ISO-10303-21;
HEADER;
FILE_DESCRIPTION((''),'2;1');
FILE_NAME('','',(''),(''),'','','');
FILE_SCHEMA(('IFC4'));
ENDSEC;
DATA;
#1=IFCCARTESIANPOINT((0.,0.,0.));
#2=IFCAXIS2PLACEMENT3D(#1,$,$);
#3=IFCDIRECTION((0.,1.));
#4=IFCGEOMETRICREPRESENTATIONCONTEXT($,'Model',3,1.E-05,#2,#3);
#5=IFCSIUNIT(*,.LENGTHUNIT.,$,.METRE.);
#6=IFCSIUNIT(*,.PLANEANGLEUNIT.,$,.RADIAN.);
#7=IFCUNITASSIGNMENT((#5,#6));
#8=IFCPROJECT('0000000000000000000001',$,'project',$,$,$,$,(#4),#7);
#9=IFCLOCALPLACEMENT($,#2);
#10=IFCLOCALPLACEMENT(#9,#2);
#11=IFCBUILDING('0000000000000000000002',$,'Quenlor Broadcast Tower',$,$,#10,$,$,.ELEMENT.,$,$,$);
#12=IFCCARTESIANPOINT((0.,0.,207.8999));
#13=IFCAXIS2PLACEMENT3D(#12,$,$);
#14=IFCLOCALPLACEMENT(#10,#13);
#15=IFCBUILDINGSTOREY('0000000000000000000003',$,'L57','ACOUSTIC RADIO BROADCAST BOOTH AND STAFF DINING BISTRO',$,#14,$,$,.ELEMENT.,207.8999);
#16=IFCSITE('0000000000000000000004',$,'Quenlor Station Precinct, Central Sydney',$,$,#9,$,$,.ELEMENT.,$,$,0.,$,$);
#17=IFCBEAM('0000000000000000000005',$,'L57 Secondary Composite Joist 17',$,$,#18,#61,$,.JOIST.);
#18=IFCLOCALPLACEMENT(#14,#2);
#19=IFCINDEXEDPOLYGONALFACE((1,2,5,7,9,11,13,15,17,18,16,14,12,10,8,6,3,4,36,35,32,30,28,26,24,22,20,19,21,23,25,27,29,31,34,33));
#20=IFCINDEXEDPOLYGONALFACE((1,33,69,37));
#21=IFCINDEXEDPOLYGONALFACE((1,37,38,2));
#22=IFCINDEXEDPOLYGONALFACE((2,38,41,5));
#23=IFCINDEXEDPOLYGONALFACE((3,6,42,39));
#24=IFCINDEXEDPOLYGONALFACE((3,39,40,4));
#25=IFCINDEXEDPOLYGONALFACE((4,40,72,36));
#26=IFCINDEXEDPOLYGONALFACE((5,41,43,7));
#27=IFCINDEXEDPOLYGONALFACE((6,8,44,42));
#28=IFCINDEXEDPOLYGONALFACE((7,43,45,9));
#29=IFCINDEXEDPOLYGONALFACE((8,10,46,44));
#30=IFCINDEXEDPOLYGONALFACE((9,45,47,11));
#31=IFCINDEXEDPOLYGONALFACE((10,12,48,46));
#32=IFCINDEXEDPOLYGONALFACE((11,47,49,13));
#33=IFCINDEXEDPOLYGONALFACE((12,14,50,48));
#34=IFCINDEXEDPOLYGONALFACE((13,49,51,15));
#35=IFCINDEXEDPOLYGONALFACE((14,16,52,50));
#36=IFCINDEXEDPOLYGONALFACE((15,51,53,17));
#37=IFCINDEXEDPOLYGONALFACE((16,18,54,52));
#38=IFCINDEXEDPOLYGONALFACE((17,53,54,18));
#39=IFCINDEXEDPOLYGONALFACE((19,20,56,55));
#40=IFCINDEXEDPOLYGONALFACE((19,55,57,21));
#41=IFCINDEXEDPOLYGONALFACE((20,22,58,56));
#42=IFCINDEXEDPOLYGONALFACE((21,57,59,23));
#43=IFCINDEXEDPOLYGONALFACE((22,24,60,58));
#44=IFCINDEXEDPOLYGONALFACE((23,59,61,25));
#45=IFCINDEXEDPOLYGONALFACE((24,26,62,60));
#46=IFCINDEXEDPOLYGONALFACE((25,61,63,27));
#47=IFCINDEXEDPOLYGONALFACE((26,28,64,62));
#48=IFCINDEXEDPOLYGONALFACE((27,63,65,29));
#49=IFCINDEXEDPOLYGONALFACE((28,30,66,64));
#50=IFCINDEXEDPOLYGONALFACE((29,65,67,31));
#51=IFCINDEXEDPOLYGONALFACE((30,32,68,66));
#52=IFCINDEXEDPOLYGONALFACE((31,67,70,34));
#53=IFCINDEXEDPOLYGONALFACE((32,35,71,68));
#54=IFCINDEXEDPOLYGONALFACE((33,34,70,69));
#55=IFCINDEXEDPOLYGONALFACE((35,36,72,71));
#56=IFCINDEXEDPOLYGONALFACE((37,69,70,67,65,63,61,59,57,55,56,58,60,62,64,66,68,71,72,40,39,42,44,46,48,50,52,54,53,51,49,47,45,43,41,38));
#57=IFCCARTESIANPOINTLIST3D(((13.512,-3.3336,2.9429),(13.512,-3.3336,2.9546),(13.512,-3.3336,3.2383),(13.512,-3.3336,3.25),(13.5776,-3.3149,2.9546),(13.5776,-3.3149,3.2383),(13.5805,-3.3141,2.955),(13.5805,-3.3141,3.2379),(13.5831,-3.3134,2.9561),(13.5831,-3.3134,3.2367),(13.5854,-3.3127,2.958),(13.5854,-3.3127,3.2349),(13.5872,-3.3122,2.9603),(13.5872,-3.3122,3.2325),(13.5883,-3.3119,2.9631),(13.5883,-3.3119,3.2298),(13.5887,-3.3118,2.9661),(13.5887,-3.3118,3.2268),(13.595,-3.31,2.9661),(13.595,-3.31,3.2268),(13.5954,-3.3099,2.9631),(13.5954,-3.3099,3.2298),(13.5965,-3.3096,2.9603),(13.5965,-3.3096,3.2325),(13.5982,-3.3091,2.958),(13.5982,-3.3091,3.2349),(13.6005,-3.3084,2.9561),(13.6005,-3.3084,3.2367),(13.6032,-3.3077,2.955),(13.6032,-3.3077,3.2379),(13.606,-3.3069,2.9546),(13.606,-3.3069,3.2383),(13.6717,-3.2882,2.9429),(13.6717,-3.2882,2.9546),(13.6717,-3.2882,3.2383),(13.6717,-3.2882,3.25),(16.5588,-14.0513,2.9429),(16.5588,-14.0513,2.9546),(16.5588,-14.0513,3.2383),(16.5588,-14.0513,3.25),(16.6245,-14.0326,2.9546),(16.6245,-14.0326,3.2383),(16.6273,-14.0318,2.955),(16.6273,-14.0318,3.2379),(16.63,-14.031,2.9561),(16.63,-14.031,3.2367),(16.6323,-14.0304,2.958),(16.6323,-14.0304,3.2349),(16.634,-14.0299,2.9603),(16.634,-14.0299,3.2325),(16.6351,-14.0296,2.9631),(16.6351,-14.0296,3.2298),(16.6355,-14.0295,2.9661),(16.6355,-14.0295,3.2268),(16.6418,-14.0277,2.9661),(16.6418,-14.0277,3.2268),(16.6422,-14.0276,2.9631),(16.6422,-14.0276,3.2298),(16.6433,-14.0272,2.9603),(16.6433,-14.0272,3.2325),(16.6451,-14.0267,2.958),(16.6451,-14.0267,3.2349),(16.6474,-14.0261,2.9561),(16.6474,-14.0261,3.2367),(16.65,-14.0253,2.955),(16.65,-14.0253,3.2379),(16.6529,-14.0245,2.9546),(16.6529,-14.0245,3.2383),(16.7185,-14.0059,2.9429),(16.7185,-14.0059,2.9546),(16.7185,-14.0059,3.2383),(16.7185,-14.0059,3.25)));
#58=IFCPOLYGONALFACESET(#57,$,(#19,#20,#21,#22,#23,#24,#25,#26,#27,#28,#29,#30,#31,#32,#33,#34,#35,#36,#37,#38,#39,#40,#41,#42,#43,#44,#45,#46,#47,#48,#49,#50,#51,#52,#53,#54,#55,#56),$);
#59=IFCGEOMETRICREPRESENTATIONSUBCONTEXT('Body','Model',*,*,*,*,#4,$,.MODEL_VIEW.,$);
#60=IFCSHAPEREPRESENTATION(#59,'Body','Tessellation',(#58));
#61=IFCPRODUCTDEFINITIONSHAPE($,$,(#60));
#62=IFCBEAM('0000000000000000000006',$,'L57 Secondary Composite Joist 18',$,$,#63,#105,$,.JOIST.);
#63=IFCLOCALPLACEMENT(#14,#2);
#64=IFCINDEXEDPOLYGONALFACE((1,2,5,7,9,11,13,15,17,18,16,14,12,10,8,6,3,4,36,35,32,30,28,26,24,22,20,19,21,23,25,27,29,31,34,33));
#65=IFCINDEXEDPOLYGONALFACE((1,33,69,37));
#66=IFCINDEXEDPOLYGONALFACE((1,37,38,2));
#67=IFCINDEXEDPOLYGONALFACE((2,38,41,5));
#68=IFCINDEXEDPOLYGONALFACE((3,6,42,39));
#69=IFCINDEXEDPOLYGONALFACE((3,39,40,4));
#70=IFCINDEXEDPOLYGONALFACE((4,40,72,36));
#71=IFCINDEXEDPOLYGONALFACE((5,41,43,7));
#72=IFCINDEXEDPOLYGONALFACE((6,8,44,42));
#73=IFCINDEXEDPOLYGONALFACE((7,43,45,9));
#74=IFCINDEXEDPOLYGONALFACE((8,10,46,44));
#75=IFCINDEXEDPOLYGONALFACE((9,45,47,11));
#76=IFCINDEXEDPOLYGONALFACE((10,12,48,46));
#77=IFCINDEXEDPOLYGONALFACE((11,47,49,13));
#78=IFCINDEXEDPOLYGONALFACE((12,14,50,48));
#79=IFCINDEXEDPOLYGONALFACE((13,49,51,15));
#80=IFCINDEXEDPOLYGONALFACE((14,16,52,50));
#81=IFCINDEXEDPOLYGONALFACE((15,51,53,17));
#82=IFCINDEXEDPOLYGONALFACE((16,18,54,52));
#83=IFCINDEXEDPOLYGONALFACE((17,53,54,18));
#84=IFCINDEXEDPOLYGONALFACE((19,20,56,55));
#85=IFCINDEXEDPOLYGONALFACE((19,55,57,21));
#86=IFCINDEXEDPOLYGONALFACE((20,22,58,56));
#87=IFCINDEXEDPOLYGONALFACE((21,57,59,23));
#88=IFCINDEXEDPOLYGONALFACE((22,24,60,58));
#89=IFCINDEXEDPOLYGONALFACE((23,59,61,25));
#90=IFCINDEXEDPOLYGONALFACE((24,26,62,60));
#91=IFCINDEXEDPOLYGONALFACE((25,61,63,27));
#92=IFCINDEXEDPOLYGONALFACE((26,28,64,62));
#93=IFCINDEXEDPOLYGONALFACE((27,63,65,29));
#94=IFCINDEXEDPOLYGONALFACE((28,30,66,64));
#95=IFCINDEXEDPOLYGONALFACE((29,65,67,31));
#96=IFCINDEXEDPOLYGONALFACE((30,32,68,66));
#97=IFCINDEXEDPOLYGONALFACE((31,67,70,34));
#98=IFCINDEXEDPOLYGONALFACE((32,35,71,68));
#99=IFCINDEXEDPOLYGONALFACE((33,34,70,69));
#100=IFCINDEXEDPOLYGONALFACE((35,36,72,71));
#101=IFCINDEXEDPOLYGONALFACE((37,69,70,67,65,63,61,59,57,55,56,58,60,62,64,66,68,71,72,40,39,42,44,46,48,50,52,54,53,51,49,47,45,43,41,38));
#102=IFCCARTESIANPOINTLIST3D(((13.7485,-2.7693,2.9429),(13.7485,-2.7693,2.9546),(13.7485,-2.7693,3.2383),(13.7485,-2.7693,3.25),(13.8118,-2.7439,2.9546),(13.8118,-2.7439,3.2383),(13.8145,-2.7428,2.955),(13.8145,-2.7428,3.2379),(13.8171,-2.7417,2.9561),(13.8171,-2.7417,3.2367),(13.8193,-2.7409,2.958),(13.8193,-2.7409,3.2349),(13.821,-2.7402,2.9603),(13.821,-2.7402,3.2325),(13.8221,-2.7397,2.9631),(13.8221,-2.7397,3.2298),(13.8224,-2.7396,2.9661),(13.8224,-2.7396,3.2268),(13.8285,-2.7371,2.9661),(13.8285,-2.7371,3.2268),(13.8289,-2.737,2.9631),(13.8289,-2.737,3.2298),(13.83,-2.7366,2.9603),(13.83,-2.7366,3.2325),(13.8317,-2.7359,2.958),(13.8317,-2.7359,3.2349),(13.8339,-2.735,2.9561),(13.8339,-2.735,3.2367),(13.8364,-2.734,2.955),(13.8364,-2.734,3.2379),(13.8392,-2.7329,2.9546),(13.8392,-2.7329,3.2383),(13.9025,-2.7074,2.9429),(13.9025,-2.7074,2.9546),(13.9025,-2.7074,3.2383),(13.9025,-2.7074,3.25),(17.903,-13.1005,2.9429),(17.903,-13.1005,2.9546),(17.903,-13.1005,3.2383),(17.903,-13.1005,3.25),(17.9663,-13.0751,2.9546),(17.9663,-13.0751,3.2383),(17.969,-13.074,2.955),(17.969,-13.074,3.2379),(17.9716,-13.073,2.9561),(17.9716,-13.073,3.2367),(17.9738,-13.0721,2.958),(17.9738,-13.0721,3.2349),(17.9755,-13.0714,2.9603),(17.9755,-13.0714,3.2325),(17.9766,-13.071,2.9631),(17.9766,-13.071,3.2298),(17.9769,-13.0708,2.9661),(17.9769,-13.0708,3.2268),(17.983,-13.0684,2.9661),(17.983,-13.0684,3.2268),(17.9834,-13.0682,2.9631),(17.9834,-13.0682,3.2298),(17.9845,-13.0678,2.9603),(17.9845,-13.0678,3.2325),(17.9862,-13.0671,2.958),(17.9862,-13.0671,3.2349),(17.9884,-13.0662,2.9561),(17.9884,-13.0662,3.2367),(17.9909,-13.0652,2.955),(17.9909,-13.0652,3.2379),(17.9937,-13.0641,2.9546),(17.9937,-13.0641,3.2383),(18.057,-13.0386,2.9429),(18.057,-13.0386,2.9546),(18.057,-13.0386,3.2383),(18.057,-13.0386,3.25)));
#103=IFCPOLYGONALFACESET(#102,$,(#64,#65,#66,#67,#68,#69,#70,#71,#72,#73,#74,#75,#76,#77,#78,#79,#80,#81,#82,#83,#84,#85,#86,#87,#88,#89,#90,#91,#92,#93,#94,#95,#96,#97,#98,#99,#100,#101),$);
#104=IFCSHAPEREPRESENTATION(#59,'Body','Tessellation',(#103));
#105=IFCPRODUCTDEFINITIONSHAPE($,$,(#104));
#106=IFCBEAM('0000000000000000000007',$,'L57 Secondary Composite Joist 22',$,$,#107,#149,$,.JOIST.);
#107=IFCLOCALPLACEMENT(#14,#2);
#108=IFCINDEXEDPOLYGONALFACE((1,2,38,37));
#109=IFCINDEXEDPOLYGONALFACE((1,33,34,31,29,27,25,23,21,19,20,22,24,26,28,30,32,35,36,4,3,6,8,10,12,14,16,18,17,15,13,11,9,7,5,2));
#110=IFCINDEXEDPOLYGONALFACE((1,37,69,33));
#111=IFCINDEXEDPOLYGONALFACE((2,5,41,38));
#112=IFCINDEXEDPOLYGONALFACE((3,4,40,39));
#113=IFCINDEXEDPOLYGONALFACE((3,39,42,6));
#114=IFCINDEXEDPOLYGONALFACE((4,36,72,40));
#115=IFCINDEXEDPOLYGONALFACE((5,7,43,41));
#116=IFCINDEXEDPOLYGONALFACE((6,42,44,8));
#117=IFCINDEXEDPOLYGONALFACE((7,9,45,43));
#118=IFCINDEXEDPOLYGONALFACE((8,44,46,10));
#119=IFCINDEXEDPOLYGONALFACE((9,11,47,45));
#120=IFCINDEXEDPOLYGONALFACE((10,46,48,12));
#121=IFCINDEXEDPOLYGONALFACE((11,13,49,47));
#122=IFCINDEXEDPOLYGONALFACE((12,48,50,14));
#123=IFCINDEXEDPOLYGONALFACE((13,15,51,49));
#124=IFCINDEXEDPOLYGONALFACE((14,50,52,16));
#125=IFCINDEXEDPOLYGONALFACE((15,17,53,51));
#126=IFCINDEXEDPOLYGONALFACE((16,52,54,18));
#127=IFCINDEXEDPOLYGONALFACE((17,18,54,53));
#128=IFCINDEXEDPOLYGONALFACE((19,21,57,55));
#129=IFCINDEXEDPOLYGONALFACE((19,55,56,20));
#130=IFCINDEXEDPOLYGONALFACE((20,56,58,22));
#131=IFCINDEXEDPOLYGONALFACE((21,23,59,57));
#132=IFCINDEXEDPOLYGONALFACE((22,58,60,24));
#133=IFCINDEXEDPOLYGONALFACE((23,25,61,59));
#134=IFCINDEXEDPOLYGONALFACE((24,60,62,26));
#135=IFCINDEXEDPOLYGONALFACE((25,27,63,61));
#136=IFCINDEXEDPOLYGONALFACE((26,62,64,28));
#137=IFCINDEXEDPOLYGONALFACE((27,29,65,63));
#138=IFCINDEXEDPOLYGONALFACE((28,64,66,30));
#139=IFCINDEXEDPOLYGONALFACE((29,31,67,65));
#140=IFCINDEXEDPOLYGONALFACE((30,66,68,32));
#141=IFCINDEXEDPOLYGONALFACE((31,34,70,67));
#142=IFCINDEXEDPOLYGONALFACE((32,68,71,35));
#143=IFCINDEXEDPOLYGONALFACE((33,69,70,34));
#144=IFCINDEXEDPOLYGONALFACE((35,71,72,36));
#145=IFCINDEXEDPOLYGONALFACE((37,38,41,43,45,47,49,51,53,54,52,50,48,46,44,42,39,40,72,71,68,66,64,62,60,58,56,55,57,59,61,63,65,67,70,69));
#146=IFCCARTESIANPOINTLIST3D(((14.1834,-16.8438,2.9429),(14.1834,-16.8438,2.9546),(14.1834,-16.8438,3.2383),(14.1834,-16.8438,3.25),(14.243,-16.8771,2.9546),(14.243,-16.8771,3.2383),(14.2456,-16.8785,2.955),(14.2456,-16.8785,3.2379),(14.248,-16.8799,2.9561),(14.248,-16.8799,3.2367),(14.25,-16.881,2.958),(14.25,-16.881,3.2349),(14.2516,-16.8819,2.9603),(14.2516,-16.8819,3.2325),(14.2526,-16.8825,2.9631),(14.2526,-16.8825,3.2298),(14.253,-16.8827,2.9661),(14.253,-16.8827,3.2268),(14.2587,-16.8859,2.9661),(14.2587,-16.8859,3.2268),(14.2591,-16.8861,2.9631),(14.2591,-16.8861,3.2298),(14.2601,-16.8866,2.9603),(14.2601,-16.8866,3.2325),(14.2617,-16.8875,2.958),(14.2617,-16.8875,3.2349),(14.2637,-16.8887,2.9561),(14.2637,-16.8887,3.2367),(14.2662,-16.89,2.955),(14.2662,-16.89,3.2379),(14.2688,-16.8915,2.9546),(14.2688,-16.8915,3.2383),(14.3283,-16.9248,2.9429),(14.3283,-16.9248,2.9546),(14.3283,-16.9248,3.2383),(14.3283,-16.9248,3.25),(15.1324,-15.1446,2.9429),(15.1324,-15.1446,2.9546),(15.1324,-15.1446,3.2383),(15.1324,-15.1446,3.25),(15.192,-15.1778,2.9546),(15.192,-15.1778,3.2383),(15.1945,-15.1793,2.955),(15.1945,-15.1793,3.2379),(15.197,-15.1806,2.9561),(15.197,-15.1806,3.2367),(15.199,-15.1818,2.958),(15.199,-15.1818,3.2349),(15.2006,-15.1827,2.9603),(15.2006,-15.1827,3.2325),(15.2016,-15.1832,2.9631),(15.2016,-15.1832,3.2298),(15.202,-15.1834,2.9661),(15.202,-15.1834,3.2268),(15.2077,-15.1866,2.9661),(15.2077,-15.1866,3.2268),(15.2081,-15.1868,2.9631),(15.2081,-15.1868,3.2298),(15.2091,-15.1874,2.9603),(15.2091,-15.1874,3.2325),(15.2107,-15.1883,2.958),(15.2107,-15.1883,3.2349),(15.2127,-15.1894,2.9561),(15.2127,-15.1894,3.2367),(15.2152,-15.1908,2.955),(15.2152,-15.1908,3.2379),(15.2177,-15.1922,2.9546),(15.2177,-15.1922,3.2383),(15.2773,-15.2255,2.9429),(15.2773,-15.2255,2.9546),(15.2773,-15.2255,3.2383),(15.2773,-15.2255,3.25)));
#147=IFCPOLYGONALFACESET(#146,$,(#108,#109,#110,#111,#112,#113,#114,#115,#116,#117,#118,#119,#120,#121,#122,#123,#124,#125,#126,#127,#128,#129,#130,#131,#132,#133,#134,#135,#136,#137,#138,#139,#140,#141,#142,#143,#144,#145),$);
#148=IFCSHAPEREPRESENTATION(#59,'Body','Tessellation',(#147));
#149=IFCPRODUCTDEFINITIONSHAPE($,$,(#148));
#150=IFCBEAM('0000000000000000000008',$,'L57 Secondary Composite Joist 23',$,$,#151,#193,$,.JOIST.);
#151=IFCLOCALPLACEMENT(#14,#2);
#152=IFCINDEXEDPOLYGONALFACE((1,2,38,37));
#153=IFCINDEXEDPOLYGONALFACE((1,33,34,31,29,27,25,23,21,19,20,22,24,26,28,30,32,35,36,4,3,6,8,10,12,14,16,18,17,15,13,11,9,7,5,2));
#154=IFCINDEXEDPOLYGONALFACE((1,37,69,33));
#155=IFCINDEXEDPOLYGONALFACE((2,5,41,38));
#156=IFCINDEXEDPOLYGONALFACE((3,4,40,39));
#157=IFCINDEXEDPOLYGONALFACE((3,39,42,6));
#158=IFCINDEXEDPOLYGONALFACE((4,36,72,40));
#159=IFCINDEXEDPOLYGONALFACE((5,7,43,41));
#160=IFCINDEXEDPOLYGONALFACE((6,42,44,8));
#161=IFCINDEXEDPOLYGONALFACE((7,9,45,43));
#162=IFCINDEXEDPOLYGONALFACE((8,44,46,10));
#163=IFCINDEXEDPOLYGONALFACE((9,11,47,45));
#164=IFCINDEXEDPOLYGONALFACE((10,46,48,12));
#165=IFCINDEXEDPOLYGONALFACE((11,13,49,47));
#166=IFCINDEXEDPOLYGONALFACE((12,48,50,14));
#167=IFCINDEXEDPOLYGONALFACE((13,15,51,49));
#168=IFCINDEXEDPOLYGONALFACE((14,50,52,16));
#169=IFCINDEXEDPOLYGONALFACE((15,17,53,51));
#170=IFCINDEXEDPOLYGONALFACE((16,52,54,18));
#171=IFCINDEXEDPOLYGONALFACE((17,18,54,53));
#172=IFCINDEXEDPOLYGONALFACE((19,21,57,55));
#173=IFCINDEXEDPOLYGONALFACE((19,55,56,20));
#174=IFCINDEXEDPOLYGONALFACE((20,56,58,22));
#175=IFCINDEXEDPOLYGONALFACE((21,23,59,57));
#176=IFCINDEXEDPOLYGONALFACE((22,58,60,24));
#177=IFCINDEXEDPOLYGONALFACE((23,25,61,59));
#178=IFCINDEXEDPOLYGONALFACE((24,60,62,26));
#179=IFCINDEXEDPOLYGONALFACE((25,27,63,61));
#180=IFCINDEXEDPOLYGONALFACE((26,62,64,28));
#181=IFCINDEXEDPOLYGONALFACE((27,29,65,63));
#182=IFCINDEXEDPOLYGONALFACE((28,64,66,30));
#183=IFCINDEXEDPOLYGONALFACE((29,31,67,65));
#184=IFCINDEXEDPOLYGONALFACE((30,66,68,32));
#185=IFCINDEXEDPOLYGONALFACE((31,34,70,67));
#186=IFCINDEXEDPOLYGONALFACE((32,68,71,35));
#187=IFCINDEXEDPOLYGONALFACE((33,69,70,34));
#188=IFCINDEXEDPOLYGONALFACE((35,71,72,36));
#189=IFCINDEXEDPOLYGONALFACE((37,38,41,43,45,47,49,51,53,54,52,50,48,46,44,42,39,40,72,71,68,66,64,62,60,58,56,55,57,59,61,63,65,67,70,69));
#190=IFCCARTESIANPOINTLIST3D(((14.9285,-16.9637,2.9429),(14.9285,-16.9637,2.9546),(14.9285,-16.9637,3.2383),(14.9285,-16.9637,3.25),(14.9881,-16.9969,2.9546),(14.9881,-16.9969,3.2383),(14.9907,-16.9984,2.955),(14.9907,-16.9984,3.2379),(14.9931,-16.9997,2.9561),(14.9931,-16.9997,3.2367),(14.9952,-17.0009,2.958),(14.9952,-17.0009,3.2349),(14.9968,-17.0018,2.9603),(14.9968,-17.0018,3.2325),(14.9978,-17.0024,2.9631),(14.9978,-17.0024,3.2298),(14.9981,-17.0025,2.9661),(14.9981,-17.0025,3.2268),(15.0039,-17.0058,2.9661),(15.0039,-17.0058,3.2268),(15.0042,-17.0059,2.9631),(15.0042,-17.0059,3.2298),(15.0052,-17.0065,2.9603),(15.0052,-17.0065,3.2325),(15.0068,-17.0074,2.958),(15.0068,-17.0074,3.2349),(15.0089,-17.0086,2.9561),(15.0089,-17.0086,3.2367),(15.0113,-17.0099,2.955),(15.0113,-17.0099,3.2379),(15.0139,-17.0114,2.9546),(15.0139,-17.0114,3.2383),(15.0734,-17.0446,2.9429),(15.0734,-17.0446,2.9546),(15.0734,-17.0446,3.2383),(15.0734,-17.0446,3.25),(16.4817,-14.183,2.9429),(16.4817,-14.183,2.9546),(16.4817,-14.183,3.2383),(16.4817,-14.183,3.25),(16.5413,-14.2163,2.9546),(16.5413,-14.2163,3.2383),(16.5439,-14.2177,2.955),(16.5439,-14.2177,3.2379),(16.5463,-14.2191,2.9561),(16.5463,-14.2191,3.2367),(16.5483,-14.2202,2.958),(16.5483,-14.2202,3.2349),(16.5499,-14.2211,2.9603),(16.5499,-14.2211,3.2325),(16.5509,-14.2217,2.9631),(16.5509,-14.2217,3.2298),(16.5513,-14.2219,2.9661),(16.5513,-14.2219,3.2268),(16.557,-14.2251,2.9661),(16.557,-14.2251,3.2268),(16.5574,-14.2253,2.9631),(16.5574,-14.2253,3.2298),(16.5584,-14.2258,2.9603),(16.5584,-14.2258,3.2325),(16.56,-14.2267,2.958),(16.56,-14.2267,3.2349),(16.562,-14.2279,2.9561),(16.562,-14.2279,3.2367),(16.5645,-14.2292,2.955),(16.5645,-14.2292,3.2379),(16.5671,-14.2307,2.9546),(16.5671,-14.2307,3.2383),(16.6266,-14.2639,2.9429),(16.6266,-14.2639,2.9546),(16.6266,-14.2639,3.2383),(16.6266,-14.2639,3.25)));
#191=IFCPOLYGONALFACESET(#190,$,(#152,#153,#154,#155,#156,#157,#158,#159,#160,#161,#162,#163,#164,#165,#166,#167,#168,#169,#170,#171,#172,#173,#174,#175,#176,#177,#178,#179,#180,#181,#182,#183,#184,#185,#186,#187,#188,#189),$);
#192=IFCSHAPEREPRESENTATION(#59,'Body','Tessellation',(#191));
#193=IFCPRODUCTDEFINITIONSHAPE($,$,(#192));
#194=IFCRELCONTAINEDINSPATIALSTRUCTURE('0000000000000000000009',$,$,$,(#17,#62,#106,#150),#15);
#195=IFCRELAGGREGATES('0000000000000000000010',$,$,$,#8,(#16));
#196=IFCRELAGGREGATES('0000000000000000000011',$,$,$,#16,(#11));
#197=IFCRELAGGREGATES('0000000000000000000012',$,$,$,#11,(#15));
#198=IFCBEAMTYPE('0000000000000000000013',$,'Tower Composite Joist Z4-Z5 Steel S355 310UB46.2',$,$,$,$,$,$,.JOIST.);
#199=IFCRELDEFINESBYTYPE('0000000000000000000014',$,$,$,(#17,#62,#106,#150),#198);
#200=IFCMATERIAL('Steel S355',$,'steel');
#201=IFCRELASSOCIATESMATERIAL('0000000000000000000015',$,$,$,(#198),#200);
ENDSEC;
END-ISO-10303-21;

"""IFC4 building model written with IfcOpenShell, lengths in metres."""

from ifc_helpers import new_model, si_unit, direction, frame, origin, origin_2d, place, context, subcontext, project, spatial, i_section, extrude, material, material_profile, profile_set, type_object, element, save


model = new_model("IFC4")

# Units and contexts
model_context = context("Model", 3, precision=1e-05, world=origin(), true_north=direction((0.0, 1.0)))
body_context = subcontext(model_context, "Body", "Model", "MODEL_VIEW")
ifc_project = project(units=[si_unit("LENGTHUNIT", "METRE"), si_unit("PLANEANGLEUNIT", "RADIAN")], contexts=[model_context])

# Site, building, storey
site_placement = place(None, origin())
site = spatial("IfcSite", under=ifc_project, at=site_placement, Name="Quenlor Station Precinct, Central Sydney", CompositionType="ELEMENT", RefElevation=0.0)
building_placement = place(site_placement, origin())
building = spatial("IfcBuilding", under=site, at=building_placement, Name="Quenlor Broadcast Tower", CompositionType="ELEMENT")
storey_placement = place(building_placement, frame((0.0, 0.0, 207.8999)))
storey = spatial("IfcBuildingStorey", under=building, at=storey_placement, Name="L57", Description="ACOUSTIC RADIO BROADCAST BOOTH AND STAFF DINING BISTRO", CompositionType="ELEMENT", Elevation=207.8999)

# Beams
ifc_material_1 = material(Name="Steel S355", Category="steel")
ifc_material_profile_1 = material_profile(ifc_material_1, i_section(OverallWidth=0.166, OverallDepth=0.3071, WebThickness=0.0066, FlangeThickness=0.0117, FilletRadius=0.0115, at=origin_2d()))
ifc_profile_set_1 = profile_set([ifc_material_profile_1], Name="Steel S355 310UB46.2")
beam_type_1 = type_object("IfcBeamType", Name="Tower Composite Joist Z4-Z5 Steel S355 310UB46.2", PredefinedType="JOIST", material=ifc_profile_set_1)
beam_1_placement = place(storey_placement, frame((16.6387, -14.0286, 3.0964), z_axis=(-0.273448, 0.961887, 0.0), x_axis=(-0.961887, -0.273448, 0.0)))
element("IfcBeam", 1, at=beam_1_placement, inside=storey, type_object=beam_type_1, Name="L57 Secondary Composite Joist 17", PredefinedType="JOIST", context=body_context, shape_type="SweptSolid", body=[
    extrude(i_section(OverallWidth=0.166, OverallDepth=0.3071, WebThickness=0.0066, FlangeThickness=0.0117, FilletRadius=0.0115, at=origin_2d()), origin(), (0.0, 0.0, 1.0), 11.1423),
])
beam_2_placement = place(storey_placement, frame((17.98, -13.0696, 3.0964), z_axis=(-0.373095, 0.927793, 0.0), x_axis=(-0.927793, -0.373095, 0.0)))
element("IfcBeam", 2, at=beam_2_placement, inside=storey, type_object=beam_type_1, Name="L57 Secondary Composite Joist 18", PredefinedType="JOIST", context=body_context, shape_type="SweptSolid", body=[
    extrude(i_section(OverallWidth=0.166, OverallDepth=0.3071, WebThickness=0.0066, FlangeThickness=0.0117, FilletRadius=0.0115, at=origin_2d()), origin(), (0.0, 0.0, 1.0), 11.1353),
])
beam_3_placement = place(storey_placement, frame((14.2559, -16.8843, 3.0964), z_axis=(0.487591, 0.873072, 0.0), x_axis=(-0.873072, 0.487591, 0.0)))
element("IfcBeam", 3, at=beam_3_placement, inside=storey, type_object=beam_type_1, Name="L57 Secondary Composite Joist 22", PredefinedType="JOIST", context=body_context, shape_type="SweptSolid", body=[
    extrude(i_section(OverallWidth=0.166, OverallDepth=0.3071, WebThickness=0.0066, FlangeThickness=0.0117, FilletRadius=0.0115, at=origin_2d()), origin(), (0.0, 0.0, 1.0), 1.9463),
])
beam_4_placement = place(storey_placement, frame((15.001, -17.0042, 3.0964), z_axis=(0.487646, 0.873041, 0.0), x_axis=(-0.873041, 0.487646, 0.0)))
element("IfcBeam", 4, at=beam_4_placement, inside=storey, type_object=beam_type_1, Name="L57 Secondary Composite Joist 23", PredefinedType="JOIST", context=body_context, shape_type="SweptSolid", body=[
    extrude(i_section(OverallWidth=0.166, OverallDepth=0.3071, WebThickness=0.0066, FlangeThickness=0.0117, FilletRadius=0.0115, at=origin_2d()), origin(), (0.0, 0.0, 1.0), 3.1851),
])

save(model, "model.ifc")
